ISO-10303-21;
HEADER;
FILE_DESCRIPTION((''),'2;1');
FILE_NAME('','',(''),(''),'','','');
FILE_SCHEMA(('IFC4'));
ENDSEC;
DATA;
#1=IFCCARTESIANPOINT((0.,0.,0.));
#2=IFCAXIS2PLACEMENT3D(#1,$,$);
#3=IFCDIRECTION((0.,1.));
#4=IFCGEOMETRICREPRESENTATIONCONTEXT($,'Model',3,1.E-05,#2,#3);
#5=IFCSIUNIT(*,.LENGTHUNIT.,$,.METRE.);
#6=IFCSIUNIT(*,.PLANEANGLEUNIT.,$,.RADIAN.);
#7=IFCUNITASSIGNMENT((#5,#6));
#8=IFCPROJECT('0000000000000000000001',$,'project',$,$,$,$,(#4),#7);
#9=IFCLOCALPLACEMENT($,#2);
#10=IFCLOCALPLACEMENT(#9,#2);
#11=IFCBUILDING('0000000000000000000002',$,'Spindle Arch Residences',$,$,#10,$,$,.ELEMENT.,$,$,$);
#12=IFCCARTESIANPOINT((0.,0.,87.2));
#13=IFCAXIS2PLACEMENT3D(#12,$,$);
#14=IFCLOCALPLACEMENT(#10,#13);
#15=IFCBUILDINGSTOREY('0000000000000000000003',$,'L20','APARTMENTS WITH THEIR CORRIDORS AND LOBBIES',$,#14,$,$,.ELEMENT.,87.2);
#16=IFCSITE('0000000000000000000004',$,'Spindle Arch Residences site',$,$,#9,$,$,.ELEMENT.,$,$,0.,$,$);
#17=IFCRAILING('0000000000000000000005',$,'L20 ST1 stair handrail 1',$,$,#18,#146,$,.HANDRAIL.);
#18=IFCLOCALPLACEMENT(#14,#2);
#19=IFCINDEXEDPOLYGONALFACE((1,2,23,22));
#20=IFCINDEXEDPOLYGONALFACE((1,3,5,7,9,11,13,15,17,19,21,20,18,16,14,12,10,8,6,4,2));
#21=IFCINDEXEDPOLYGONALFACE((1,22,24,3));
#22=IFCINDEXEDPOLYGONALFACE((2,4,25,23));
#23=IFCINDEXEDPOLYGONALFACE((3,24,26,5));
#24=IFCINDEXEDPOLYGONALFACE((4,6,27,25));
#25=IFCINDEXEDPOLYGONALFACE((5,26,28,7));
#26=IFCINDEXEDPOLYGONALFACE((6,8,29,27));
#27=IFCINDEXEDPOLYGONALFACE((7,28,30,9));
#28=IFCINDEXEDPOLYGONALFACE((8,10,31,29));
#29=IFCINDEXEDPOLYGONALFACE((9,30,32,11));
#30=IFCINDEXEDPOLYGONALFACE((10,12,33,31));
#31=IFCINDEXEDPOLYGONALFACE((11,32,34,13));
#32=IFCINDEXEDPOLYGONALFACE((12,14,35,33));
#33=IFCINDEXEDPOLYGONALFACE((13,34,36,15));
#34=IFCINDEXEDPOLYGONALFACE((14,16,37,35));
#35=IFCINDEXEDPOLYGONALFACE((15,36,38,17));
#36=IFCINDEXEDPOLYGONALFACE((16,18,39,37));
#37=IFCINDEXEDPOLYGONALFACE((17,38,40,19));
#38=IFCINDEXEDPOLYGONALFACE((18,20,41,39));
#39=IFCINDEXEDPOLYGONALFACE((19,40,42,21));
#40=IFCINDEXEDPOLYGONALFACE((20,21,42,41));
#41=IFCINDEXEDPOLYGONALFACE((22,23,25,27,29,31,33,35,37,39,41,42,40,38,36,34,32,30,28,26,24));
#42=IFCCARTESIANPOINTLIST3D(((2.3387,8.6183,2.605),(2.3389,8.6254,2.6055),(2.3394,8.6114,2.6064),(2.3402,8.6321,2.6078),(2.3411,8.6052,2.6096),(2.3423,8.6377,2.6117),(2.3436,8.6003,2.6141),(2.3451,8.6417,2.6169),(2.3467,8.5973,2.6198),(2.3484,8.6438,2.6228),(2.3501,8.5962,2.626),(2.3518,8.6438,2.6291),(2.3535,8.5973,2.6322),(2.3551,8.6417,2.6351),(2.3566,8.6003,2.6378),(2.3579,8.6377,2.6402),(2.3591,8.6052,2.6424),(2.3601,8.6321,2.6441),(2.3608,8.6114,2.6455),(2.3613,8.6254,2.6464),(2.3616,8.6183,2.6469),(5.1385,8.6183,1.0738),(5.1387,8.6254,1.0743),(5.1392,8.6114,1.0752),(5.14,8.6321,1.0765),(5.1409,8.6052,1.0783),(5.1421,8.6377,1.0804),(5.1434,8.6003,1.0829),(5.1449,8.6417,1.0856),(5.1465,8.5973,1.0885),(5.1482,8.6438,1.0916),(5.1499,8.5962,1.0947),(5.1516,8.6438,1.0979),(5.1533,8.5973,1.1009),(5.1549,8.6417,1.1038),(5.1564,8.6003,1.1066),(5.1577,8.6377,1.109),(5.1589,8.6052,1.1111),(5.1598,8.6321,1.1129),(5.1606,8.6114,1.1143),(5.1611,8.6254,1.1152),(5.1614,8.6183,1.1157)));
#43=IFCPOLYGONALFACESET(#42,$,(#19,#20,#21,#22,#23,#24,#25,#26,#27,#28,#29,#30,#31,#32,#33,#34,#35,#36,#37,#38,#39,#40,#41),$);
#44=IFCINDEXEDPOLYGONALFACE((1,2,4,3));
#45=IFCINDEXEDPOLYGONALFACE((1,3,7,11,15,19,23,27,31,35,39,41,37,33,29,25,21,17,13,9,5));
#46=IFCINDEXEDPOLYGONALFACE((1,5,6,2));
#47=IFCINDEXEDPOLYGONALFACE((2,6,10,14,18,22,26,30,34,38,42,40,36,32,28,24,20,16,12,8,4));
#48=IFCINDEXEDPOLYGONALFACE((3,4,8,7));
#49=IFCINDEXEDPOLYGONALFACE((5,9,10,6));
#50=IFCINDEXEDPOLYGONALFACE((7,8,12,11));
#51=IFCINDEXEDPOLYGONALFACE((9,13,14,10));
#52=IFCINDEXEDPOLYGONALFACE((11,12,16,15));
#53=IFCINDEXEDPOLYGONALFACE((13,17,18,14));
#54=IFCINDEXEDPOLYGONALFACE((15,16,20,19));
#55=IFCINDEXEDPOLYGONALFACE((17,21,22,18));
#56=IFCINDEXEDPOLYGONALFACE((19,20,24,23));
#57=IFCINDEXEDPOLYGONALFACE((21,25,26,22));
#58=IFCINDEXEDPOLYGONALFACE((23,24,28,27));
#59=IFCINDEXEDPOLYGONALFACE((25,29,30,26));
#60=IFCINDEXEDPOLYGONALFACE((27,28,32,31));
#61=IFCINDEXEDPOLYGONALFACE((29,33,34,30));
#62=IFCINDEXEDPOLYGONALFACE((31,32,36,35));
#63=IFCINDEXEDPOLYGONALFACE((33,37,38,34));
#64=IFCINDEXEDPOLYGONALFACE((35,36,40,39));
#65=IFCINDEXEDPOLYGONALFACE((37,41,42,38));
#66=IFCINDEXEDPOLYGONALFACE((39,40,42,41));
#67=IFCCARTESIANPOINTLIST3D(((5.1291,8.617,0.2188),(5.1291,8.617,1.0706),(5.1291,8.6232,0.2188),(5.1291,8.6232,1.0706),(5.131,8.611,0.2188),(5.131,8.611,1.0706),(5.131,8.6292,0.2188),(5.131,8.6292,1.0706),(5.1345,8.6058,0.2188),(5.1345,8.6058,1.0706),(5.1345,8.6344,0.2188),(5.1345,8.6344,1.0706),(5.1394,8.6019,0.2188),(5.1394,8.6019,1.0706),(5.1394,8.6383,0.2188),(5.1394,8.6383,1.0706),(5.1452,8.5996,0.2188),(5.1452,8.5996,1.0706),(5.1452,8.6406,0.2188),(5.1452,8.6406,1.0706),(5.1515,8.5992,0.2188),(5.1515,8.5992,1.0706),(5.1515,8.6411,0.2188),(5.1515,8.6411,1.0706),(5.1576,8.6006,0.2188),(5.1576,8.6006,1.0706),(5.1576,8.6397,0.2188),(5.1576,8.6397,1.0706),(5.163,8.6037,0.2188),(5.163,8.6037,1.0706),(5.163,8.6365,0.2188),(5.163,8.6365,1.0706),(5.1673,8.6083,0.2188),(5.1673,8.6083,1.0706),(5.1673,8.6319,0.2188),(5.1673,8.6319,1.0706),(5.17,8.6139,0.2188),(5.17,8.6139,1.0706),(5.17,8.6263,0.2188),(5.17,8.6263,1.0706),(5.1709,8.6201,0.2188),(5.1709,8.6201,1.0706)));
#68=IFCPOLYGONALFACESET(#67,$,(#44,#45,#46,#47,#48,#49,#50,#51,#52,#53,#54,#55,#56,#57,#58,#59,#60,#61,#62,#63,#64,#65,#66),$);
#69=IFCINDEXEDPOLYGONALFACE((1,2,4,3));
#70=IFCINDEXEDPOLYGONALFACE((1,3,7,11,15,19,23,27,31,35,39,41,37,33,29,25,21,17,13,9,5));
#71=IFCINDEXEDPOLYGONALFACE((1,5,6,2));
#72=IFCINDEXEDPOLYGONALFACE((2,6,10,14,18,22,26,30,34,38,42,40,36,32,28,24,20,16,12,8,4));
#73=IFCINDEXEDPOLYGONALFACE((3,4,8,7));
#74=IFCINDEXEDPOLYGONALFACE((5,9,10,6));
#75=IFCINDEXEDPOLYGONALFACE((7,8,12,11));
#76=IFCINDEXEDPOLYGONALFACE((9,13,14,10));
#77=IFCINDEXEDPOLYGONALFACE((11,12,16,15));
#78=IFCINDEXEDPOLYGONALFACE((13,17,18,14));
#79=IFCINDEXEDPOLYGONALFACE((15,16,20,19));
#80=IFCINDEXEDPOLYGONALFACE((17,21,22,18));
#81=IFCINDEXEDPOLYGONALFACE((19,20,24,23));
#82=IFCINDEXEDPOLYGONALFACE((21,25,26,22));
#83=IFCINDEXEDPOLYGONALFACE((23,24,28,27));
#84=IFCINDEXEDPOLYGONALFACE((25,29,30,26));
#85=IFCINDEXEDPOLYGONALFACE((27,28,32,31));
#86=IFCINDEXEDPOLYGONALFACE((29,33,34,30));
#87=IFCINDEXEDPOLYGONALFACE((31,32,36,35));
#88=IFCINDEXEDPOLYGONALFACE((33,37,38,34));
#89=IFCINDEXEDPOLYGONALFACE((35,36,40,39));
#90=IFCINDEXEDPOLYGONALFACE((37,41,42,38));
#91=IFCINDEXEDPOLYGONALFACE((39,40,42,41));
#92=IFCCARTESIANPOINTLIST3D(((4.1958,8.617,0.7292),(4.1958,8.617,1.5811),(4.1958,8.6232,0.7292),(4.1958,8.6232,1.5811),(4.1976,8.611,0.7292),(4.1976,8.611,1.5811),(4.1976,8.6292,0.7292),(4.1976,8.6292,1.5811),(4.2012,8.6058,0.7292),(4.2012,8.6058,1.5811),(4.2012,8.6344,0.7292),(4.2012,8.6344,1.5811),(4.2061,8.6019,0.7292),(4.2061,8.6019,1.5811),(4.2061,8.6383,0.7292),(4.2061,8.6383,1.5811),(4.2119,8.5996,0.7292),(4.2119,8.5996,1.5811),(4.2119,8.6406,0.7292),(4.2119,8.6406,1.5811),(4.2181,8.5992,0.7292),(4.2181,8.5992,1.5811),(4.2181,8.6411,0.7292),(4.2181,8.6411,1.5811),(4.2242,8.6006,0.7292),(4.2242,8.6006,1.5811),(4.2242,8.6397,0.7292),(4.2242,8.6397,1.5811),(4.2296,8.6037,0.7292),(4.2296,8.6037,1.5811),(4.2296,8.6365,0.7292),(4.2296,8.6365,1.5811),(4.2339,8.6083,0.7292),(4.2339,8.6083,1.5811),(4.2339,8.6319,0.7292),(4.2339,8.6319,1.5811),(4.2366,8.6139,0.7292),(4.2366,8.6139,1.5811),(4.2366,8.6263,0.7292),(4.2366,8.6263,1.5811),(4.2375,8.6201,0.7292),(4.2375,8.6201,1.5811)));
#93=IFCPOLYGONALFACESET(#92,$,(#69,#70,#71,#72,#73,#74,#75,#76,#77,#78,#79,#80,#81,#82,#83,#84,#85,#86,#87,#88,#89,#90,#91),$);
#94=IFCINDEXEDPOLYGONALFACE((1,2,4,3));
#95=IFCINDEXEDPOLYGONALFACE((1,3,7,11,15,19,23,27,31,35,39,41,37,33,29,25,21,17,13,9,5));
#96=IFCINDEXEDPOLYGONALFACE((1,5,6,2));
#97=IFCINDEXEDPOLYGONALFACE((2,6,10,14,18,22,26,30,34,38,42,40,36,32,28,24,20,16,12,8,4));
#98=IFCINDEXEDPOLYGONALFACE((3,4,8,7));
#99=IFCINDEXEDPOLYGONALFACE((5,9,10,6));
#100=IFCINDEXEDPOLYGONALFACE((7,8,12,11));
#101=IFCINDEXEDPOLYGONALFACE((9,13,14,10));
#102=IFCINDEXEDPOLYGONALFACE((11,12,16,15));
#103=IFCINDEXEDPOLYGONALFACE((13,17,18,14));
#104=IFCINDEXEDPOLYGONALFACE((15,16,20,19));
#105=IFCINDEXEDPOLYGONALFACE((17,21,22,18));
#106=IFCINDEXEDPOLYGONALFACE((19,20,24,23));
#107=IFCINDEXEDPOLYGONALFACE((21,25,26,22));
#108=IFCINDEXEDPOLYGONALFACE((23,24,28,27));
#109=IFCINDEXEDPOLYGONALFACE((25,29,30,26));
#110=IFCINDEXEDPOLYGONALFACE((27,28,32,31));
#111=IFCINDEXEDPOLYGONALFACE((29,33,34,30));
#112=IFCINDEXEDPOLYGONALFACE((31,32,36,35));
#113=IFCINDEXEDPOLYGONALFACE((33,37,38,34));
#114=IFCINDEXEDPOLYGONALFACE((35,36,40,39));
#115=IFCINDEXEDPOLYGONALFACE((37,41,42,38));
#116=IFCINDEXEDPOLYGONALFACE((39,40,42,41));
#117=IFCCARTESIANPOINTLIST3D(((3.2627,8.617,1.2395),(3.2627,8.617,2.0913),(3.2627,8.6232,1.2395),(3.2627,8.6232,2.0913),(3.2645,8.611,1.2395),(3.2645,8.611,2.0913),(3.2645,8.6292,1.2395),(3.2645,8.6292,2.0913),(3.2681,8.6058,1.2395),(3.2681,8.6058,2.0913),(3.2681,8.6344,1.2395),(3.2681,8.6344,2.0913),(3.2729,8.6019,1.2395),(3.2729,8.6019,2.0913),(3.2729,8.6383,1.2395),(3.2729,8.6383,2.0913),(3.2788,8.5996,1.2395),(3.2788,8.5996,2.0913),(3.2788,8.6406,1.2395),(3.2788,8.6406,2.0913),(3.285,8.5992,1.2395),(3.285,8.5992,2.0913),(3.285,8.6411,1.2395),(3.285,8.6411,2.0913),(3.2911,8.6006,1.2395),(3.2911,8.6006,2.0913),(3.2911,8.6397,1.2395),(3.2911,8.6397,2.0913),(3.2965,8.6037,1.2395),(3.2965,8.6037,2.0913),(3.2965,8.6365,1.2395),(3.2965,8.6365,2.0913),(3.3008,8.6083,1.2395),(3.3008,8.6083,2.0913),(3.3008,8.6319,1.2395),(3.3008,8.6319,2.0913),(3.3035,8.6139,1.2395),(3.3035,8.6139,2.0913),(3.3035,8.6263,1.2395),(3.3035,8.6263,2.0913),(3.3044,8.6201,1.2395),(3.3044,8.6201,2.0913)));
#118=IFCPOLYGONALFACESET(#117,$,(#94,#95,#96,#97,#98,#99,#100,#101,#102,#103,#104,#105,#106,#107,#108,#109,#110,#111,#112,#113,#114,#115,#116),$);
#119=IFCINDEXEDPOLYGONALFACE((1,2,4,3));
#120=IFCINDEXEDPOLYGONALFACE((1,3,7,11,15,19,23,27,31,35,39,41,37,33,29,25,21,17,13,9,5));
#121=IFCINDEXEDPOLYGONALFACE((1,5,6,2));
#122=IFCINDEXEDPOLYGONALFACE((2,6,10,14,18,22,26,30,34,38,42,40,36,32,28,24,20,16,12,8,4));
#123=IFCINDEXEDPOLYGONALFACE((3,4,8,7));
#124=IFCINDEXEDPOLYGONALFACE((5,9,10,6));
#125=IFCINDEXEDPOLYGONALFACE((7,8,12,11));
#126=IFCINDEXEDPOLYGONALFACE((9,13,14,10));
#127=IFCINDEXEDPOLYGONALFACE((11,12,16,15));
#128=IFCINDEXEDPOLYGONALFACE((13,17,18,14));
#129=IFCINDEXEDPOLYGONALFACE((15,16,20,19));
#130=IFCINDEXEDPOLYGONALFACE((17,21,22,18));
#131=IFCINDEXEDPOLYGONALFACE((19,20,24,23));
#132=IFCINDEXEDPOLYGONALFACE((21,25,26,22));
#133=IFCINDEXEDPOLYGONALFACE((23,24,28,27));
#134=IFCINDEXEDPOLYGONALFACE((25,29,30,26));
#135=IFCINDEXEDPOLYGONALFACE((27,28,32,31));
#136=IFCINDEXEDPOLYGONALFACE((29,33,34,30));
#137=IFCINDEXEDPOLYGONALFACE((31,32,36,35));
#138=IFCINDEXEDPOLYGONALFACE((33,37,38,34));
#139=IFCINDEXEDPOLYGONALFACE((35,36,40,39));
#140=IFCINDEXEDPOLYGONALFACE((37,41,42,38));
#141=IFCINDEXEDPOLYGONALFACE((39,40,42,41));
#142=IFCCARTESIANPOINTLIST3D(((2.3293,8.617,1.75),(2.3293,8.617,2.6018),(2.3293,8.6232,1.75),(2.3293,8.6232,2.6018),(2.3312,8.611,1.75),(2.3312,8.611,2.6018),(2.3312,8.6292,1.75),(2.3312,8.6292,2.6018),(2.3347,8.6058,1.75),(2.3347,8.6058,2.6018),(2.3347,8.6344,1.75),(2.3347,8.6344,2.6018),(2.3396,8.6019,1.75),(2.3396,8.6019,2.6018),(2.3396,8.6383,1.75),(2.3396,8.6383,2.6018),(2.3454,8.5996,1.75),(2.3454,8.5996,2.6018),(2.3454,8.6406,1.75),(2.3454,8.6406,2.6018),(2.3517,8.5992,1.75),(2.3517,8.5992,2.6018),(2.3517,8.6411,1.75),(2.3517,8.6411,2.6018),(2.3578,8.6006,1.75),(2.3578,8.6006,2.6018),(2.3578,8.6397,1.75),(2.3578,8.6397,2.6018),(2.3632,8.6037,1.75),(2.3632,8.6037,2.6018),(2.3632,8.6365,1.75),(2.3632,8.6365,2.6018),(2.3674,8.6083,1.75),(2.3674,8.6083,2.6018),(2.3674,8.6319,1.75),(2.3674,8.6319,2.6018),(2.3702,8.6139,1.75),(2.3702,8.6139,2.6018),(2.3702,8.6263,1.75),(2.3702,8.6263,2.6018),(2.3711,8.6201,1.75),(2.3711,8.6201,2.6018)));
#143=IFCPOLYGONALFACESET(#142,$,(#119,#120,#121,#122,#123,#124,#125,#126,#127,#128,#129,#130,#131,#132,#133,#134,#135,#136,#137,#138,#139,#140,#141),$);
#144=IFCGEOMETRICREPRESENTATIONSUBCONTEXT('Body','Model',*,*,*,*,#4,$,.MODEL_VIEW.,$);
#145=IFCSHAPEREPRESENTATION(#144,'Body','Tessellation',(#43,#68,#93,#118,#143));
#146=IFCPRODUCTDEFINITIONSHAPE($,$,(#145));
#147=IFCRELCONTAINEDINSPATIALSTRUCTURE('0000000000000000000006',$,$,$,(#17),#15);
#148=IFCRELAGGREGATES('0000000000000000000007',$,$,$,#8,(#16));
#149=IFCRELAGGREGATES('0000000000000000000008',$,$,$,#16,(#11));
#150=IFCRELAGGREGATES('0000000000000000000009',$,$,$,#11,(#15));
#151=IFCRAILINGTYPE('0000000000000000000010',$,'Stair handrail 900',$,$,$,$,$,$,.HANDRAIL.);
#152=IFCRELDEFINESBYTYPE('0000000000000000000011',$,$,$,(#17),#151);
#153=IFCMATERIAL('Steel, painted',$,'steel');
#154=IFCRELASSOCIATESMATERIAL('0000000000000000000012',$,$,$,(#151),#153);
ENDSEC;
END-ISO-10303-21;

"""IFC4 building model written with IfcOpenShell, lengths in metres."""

from ifc_helpers import new_model, si_unit, direction, frame, origin, origin_2d, place, context, subcontext, project, spatial, circle, extrude, material, type_object, element, save


model = new_model("IFC4")

# Units and contexts
model_context = context("Model", 3, precision=1e-05, world=origin(), true_north=direction((0.0, 1.0)))
body_context = subcontext(model_context, "Body", "Model", "MODEL_VIEW")
ifc_project = project(units=[si_unit("LENGTHUNIT", "METRE"), si_unit("PLANEANGLEUNIT", "RADIAN")], contexts=[model_context])

# Site, building, storey
site_placement = place(None, origin())
site = spatial("IfcSite", under=ifc_project, at=site_placement, Name="Spindle Arch Residences site", CompositionType="ELEMENT", RefElevation=0.0)
building_placement = place(site_placement, origin())
building = spatial("IfcBuilding", under=site, at=building_placement, Name="Spindle Arch Residences", CompositionType="ELEMENT")
storey_placement = place(building_placement, frame((0.0, 0.0, 87.2)))
storey = spatial("IfcBuildingStorey", under=building, at=storey_placement, Name="L20", Description="APARTMENTS WITH THEIR CORRIDORS AND LOBBIES", CompositionType="ELEMENT", Elevation=87.2)

# Railing
ifc_material_1 = material(Name="Steel, painted", Category="steel")
railing_type_1 = type_object("IfcRailingType", Name="Stair handrail 900", PredefinedType="HANDRAIL", material=ifc_material_1)
railing_1_placement = place(storey_placement, frame((5.1499, 8.6201, 0.2188)))
element("IfcRailing", 1, at=railing_1_placement, inside=storey, type_object=railing_type_1, Name="L20 ST1 stair handrail 1", PredefinedType="HANDRAIL", context=body_context, shape_type="SweptSolid", body=[
    extrude(circle(Radius=0.0239, at=origin_2d()), frame((0.0, 0.0, 0.876), z_axis=(-0.877357, 0.0, 0.479838), x_axis=(0.0, -1.0, 0.0)), (0.0, 0.0, 1.0), 3.1912),
    extrude(circle(Radius=0.021, at=origin_2d()), origin(), (0.0, 0.0, 1.0), 0.8518),
    extrude(circle(Radius=0.021, at=origin_2d()), frame((-0.9333, 0.0, 0.5105)), (0.0, 0.0, 1.0), 0.8518),
    extrude(circle(Radius=0.021, at=origin_2d()), frame((-1.8665, 0.0, 1.0208)), (0.0, 0.0, 1.0), 0.8518),
    extrude(circle(Radius=0.021, at=origin_2d()), frame((-2.7998, 0.0, 1.5312)), (0.0, 0.0, 1.0), 0.8518),
])

save(model, "model.ifc")
